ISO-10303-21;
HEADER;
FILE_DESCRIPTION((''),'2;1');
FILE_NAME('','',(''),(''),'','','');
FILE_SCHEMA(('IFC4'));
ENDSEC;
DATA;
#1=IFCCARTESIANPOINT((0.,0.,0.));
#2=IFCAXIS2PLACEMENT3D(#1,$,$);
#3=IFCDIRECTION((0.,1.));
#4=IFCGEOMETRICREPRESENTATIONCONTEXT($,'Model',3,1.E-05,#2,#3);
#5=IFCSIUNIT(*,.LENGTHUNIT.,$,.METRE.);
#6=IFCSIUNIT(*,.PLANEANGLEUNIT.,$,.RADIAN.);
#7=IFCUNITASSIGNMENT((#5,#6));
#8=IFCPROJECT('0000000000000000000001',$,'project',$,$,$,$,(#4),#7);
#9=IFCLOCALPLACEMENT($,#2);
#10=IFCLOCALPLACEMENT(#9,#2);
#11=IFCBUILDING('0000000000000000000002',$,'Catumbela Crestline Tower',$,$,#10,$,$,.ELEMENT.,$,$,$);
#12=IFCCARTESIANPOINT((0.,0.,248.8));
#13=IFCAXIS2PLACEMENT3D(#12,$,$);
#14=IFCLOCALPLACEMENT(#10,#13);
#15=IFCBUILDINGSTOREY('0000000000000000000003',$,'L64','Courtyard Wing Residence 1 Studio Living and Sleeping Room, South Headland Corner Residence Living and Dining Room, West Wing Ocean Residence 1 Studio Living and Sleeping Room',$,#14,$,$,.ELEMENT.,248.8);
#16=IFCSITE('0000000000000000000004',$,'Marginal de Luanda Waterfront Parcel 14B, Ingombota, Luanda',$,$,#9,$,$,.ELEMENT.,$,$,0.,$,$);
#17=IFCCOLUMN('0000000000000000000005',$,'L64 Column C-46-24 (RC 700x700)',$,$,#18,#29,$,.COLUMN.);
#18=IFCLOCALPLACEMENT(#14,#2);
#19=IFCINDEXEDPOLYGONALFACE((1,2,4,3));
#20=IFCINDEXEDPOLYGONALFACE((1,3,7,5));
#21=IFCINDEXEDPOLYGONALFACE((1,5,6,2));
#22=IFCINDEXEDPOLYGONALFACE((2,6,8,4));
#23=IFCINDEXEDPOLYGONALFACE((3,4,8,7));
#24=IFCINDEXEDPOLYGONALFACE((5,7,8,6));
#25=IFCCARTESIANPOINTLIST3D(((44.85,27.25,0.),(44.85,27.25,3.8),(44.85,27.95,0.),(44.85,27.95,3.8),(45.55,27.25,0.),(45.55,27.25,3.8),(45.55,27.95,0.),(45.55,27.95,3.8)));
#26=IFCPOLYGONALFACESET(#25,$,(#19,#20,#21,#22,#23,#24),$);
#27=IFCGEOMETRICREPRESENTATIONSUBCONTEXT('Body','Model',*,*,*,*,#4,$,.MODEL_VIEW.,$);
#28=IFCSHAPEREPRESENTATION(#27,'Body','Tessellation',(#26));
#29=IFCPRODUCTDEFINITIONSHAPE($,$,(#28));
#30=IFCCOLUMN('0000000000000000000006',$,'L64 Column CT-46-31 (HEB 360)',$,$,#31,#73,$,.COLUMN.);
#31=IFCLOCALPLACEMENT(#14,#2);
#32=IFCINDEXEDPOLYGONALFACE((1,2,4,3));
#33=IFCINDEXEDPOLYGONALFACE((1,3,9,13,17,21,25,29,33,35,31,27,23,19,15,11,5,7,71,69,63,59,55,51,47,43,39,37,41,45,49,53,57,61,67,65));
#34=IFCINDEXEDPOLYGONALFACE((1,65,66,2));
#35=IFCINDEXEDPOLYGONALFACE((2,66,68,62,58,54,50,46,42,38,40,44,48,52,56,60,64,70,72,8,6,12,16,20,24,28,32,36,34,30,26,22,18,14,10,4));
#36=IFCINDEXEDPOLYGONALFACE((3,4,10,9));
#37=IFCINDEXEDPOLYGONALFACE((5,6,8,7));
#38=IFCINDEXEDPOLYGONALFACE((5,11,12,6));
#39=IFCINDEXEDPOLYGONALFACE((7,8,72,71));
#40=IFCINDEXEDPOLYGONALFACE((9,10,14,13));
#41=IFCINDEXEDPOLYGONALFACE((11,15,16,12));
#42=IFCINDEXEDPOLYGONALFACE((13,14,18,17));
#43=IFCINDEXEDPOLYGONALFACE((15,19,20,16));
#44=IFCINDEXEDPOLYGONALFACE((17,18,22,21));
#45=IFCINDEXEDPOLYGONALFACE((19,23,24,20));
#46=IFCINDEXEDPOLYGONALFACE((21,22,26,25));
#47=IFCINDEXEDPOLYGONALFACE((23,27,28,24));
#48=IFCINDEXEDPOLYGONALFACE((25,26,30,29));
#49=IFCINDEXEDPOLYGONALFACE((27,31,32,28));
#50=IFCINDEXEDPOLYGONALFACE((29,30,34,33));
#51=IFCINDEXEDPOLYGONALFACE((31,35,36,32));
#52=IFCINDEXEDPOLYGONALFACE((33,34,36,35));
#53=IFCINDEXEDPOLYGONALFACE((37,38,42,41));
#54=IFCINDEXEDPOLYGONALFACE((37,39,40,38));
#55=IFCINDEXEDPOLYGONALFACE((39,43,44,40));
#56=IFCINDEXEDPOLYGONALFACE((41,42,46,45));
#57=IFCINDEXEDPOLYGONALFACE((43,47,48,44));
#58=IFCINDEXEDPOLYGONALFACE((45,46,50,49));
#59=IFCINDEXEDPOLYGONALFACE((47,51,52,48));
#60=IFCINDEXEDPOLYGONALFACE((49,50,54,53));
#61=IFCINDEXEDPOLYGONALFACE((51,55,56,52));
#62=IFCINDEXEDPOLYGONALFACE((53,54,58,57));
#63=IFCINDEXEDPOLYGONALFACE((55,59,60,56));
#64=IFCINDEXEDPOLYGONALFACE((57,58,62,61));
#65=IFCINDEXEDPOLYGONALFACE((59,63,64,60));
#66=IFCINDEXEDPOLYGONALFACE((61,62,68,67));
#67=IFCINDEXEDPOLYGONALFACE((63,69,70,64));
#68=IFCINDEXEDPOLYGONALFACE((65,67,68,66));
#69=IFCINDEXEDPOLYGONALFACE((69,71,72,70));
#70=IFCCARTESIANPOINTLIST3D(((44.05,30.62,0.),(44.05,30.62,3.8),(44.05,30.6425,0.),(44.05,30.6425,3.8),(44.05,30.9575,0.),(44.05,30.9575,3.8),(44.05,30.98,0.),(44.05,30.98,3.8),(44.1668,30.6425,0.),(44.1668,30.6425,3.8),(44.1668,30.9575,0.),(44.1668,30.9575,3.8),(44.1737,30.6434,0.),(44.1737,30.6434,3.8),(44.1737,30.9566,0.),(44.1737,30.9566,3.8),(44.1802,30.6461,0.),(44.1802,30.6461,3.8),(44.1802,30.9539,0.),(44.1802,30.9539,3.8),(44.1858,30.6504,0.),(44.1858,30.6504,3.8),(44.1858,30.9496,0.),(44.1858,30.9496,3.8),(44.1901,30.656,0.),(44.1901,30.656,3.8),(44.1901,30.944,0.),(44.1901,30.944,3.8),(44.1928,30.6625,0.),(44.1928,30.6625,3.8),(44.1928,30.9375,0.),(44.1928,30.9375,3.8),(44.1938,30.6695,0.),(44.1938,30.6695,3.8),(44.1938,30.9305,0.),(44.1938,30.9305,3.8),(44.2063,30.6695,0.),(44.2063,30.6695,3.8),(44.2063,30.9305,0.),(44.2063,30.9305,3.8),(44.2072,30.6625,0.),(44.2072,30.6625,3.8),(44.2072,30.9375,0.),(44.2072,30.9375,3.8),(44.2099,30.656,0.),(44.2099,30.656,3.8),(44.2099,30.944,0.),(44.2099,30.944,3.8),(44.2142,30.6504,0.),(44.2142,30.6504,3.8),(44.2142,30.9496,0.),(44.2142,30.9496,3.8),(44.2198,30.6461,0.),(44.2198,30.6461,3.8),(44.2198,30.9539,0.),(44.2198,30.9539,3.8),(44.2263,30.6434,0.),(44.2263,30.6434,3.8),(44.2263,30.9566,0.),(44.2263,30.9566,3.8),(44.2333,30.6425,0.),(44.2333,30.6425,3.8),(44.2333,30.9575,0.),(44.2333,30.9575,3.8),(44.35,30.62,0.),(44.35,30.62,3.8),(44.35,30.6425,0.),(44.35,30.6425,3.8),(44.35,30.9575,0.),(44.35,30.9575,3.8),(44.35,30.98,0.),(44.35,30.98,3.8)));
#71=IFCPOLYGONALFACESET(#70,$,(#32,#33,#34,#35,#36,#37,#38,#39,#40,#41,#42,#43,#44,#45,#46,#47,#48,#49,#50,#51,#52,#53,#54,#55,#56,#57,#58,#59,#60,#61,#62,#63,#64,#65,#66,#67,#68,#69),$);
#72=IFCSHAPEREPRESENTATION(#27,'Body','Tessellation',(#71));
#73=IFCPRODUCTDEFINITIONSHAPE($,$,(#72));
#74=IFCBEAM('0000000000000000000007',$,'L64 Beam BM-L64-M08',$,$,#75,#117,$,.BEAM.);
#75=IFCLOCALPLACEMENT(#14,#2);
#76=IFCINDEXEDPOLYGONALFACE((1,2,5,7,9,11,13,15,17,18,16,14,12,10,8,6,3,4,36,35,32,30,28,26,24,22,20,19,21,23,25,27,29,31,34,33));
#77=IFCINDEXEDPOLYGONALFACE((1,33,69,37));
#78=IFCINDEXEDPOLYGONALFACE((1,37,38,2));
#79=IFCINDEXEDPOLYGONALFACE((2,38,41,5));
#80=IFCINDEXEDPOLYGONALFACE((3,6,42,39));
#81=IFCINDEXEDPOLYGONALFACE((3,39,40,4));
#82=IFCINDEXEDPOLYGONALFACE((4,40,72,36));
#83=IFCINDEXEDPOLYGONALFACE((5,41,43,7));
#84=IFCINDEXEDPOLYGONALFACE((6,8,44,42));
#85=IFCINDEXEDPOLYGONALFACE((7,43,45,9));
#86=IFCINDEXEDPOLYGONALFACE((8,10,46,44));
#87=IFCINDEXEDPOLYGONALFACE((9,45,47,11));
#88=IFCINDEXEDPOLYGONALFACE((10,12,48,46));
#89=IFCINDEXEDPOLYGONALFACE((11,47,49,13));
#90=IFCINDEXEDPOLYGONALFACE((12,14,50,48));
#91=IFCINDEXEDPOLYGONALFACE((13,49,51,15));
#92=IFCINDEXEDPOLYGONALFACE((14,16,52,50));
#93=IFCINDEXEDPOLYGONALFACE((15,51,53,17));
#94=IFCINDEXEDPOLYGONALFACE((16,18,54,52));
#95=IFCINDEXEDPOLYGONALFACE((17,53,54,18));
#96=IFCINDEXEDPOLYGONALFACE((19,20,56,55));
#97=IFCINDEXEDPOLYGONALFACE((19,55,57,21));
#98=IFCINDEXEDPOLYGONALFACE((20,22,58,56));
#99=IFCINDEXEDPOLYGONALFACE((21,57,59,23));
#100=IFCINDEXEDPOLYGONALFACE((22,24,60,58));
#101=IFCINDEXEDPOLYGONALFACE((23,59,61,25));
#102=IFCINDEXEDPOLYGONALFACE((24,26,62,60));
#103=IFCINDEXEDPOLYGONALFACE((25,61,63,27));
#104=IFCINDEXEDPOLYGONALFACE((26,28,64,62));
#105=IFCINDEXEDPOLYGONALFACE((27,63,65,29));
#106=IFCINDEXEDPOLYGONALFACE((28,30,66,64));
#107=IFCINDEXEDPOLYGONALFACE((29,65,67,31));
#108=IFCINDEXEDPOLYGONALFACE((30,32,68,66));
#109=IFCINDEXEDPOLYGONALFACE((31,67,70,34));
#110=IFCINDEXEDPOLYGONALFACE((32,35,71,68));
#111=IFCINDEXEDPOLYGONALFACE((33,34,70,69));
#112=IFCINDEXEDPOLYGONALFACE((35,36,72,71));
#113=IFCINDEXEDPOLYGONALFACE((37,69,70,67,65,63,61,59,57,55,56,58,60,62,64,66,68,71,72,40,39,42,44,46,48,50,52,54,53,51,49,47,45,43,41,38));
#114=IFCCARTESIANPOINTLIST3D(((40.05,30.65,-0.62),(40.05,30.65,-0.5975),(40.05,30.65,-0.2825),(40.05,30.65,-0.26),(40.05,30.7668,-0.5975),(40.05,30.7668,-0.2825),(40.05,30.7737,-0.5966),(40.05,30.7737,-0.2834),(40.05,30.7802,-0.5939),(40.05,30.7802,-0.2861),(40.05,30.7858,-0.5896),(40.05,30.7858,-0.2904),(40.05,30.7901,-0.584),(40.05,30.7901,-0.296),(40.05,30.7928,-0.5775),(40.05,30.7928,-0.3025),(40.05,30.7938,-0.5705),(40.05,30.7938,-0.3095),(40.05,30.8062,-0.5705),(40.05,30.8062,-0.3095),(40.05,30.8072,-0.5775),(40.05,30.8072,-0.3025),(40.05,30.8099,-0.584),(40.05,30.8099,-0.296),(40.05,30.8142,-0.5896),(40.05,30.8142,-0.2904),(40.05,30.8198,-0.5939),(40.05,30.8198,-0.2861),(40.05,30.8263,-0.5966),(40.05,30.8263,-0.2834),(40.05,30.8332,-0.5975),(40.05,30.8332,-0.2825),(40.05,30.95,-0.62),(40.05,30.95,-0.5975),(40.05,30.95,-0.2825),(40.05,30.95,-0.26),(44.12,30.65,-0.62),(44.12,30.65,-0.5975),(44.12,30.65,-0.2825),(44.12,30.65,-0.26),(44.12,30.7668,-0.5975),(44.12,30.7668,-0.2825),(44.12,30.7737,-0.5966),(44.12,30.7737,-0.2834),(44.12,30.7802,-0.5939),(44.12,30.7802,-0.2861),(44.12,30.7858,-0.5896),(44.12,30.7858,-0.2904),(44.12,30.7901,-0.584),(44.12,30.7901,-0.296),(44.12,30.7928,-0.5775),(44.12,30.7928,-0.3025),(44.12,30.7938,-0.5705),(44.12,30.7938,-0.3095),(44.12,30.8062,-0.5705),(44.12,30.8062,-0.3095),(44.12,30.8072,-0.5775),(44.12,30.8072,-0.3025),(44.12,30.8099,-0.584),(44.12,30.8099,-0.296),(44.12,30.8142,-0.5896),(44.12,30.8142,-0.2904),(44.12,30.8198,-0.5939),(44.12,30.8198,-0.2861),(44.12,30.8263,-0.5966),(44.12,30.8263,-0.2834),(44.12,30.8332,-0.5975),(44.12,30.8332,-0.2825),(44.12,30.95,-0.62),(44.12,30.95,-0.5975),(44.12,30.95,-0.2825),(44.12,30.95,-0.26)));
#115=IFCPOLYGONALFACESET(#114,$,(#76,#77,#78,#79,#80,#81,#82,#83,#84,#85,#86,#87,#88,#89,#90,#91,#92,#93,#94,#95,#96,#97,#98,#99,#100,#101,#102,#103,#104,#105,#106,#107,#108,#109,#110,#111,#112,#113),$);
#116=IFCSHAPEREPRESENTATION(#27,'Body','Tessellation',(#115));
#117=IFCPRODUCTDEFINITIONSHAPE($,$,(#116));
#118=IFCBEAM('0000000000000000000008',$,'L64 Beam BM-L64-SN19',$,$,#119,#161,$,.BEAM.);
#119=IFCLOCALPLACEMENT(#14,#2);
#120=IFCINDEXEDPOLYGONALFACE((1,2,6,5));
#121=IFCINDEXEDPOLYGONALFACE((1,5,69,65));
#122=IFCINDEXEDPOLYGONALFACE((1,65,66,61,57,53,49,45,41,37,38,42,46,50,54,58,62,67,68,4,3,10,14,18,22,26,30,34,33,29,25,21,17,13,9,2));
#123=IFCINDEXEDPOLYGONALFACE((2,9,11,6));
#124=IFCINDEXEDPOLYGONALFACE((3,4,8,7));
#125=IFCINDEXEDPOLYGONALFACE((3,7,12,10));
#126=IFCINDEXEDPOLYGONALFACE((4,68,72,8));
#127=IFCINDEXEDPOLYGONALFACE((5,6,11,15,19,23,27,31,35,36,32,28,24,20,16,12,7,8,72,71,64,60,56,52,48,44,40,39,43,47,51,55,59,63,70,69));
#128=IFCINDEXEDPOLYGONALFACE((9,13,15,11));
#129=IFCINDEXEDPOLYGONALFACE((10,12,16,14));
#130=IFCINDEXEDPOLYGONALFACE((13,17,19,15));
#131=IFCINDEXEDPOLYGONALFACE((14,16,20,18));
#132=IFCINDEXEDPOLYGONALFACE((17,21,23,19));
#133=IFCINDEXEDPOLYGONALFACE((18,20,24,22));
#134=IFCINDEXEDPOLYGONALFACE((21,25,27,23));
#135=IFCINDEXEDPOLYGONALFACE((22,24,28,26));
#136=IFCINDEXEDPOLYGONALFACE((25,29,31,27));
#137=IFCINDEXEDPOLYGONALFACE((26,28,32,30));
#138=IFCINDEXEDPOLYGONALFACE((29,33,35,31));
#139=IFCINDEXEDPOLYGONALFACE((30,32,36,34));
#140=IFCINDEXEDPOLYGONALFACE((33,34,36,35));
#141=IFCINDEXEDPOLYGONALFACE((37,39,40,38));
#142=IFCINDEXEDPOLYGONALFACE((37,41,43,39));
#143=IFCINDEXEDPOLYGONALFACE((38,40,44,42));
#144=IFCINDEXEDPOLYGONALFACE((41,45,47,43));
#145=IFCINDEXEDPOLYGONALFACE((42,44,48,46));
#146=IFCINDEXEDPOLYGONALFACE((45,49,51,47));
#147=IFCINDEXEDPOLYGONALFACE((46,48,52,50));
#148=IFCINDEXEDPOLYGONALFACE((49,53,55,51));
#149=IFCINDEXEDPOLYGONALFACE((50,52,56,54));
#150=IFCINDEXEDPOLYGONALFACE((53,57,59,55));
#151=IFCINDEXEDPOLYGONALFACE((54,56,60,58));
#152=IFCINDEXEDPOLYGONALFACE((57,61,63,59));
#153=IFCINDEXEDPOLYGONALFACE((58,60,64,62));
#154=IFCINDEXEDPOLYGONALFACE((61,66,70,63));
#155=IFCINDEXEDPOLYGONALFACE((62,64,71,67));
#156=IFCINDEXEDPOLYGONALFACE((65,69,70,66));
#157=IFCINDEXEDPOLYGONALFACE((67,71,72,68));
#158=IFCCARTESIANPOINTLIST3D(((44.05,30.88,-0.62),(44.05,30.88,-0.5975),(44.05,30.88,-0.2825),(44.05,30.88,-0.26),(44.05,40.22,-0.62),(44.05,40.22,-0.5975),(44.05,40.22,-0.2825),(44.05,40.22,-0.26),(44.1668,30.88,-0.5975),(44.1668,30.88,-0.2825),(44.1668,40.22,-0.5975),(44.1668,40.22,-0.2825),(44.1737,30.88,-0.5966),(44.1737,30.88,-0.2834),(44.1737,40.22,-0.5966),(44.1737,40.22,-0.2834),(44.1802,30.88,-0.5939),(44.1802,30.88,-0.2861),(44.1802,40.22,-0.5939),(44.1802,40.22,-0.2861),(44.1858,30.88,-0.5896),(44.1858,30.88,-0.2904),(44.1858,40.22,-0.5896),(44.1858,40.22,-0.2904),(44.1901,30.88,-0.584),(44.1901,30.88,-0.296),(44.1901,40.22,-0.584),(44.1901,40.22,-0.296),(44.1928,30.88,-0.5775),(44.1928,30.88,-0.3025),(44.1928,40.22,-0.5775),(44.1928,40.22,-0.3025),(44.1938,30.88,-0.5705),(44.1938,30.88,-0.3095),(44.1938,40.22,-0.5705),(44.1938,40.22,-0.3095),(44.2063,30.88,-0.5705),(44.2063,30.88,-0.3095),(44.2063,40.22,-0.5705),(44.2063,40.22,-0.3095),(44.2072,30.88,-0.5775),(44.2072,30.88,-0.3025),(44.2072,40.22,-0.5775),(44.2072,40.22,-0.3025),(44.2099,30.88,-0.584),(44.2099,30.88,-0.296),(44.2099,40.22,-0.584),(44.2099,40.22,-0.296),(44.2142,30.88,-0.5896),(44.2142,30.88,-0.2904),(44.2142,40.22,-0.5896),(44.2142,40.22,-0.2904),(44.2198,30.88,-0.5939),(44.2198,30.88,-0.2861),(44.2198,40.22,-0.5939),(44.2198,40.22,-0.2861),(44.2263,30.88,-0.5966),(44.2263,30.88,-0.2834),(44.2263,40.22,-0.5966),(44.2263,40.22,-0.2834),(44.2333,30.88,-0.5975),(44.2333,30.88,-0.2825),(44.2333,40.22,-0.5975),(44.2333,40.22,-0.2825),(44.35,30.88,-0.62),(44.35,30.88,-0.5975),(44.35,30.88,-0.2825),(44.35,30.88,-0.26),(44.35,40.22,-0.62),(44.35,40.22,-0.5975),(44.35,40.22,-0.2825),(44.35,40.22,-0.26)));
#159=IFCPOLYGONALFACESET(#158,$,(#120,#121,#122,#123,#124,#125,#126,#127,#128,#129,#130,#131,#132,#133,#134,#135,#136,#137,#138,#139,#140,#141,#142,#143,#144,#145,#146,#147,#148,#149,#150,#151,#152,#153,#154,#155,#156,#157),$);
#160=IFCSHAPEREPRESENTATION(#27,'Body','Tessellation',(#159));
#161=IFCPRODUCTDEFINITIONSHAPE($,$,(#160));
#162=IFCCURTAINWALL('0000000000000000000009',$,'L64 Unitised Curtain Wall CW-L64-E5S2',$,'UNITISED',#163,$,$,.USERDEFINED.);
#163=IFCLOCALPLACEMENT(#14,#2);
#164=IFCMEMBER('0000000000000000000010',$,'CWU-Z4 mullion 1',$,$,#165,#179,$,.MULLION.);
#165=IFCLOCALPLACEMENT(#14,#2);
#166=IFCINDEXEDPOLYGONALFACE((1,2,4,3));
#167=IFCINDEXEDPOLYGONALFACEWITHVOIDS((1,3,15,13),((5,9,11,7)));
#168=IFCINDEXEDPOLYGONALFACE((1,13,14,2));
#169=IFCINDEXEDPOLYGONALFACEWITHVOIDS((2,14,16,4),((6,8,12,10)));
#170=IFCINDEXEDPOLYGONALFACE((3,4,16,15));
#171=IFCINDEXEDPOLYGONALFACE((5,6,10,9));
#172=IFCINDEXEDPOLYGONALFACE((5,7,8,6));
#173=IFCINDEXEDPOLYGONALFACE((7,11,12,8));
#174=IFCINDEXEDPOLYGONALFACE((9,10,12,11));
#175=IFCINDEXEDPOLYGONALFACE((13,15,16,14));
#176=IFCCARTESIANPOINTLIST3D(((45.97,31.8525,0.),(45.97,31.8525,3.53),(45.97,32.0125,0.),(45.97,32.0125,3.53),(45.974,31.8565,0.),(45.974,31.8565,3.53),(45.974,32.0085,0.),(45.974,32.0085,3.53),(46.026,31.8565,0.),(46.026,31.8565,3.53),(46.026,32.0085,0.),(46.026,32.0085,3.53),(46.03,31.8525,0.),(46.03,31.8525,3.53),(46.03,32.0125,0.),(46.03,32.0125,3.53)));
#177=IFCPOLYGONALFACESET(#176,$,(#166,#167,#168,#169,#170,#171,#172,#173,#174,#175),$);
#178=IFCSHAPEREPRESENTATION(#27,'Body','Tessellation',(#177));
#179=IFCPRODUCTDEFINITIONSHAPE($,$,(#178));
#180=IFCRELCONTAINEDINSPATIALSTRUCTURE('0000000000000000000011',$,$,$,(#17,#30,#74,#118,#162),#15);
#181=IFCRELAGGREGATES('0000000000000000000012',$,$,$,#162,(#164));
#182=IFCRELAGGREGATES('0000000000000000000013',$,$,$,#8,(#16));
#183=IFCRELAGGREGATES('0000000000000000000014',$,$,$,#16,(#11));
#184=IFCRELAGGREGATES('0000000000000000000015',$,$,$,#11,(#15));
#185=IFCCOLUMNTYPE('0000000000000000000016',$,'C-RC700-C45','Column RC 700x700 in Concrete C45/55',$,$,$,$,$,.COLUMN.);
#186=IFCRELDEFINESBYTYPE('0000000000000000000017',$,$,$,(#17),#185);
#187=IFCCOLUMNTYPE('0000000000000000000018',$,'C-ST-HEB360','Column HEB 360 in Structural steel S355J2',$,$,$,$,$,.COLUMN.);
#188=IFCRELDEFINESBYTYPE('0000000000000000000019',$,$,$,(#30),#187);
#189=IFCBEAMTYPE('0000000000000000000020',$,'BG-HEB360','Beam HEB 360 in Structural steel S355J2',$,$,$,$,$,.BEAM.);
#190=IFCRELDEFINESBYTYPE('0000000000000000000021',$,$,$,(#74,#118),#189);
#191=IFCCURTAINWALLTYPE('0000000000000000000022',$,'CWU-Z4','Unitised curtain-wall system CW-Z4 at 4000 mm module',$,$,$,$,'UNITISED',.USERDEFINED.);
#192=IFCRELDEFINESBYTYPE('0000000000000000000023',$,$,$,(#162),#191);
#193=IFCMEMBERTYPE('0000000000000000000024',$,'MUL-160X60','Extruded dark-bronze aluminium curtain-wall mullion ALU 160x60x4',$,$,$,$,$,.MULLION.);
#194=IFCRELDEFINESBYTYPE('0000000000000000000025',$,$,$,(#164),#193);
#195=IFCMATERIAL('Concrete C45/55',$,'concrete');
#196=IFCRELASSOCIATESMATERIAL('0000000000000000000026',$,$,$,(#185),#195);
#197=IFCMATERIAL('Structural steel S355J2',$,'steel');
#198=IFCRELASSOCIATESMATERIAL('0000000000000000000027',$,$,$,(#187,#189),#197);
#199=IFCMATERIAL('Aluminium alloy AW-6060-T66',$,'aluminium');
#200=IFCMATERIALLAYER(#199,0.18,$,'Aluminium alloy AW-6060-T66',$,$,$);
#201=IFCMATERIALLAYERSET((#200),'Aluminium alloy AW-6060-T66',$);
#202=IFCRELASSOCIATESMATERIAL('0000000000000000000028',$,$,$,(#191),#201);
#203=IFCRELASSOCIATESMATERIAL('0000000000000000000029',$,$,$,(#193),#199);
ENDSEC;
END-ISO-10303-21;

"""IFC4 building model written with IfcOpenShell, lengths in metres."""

from ifc_helpers import new_model, si_unit, direction, frame, origin, origin_2d, place, context, subcontext, project, spatial, rectangle, hollow_rectangle, i_section, extrude, material, layer, layer_set, material_profile, profile_set, type_object, element, aggregate, save


model = new_model("IFC4")

# Units and contexts
model_context = context("Model", 3, precision=1e-05, world=origin(), true_north=direction((0.0, 1.0)))
body_context = subcontext(model_context, "Body", "Model", "MODEL_VIEW")
ifc_project = project(units=[si_unit("LENGTHUNIT", "METRE"), si_unit("PLANEANGLEUNIT", "RADIAN")], contexts=[model_context])

# Site, building, storey
site_placement = place(None, origin())
site = spatial("IfcSite", under=ifc_project, at=site_placement, Name="Marginal de Luanda Waterfront Parcel 14B, Ingombota, Luanda", CompositionType="ELEMENT", RefElevation=0.0)
building_placement = place(site_placement, origin())
building = spatial("IfcBuilding", under=site, at=building_placement, Name="Catumbela Crestline Tower", CompositionType="ELEMENT")
storey_placement = place(building_placement, frame((0.0, 0.0, 248.8)))
storey = spatial("IfcBuildingStorey", under=building, at=storey_placement, Name="L64", Description="Courtyard Wing Residence 1 Studio Living and Sleeping Room, South Headland Corner Residence Living and Dining Room, West Wing Ocean Residence 1 Studio Living and Sleeping Room", CompositionType="ELEMENT", Elevation=248.8)

# Columns
ifc_material_1 = material(Name="Concrete C45/55", Category="concrete")
ifc_material_profile_1 = material_profile(ifc_material_1, rectangle(XDim=0.7, YDim=0.7, at=origin_2d()), Name="RC 700x700")
ifc_profile_set_1 = profile_set([ifc_material_profile_1], Name="Concrete C45/55")
column_type_1 = type_object("IfcColumnType", Name="C-RC700-C45", Description="Column RC 700x700 in Concrete C45/55", PredefinedType="COLUMN", material=ifc_profile_set_1)
column_1_placement = place(storey_placement, frame((45.2, 27.6, 0.0), z_axis=(0.0, 0.0, 1.0), x_axis=(1.0, 0.0, 0.0)))
element("IfcColumn", 1, at=column_1_placement, inside=storey, type_object=column_type_1, Name="L64 Column C-46-24 (RC 700x700)", PredefinedType="COLUMN", context=body_context, shape_type="SweptSolid", body=[
    extrude(rectangle(XDim=0.7, YDim=0.7, at=origin_2d()), origin(), (0.0, 0.0, 1.0), 3.8),
])
ifc_material_2 = material(Name="Structural steel S355J2", Category="steel")
ifc_material_profile_2 = material_profile(ifc_material_2, i_section(OverallWidth=0.3, OverallDepth=0.36, WebThickness=0.0125, FlangeThickness=0.0225, FilletRadius=0.027, at=origin_2d()), Name="HEB 360")
ifc_profile_set_2 = profile_set([ifc_material_profile_2], Name="Structural steel S355J2")
column_type_2 = type_object("IfcColumnType", Name="C-ST-HEB360", Description="Column HEB 360 in Structural steel S355J2", PredefinedType="COLUMN", material=ifc_profile_set_2)
column_2_placement = place(storey_placement, frame((44.2, 30.8, 0.0), z_axis=(0.0, 0.0, 1.0), x_axis=(1.0, 0.0, 0.0)))
element("IfcColumn", 2, at=column_2_placement, inside=storey, type_object=column_type_2, Name="L64 Column CT-46-31 (HEB 360)", PredefinedType="COLUMN", context=body_context, shape_type="SweptSolid", body=[
    extrude(i_section(OverallWidth=0.3, OverallDepth=0.36, WebThickness=0.0125, FlangeThickness=0.0225, FilletRadius=0.027, at=origin_2d()), origin(), (0.0, 0.0, 1.0), 3.8),
])

# Beams
ifc_material_profile_3 = material_profile(ifc_material_2, i_section(OverallWidth=0.3, OverallDepth=0.36, WebThickness=0.0125, FlangeThickness=0.0225, FilletRadius=0.027, at=origin_2d()), Name="HEB 360")
ifc_profile_set_3 = profile_set([ifc_material_profile_3], Name="Structural steel S355J2")
beam_type_1 = type_object("IfcBeamType", Name="BG-HEB360", Description="Beam HEB 360 in Structural steel S355J2", PredefinedType="BEAM", material=ifc_profile_set_3)
beam_1_placement = place(storey_placement, frame((40.05, 30.8, -0.44), z_axis=(1.0, 0.0, 0.0), x_axis=(0.0, 1.0, 0.0)))
element("IfcBeam", 3, at=beam_1_placement, inside=storey, type_object=beam_type_1, Name="L64 Beam BM-L64-M08", PredefinedType="BEAM", context=body_context, shape_type="SweptSolid", body=[
    extrude(i_section(OverallWidth=0.3, OverallDepth=0.36, WebThickness=0.0125, FlangeThickness=0.0225, FilletRadius=0.027, at=origin_2d()), origin(), (0.0, 0.0, 1.0), 4.07),
])
beam_2_placement = place(storey_placement, frame((44.2, 30.88, -0.44), z_axis=(0.0, 1.0, 0.0), x_axis=(-1.0, 0.0, 0.0)))
element("IfcBeam", 4, at=beam_2_placement, inside=storey, type_object=beam_type_1, Name="L64 Beam BM-L64-SN19", PredefinedType="BEAM", context=body_context, shape_type="SweptSolid", body=[
    extrude(i_section(OverallWidth=0.3, OverallDepth=0.36, WebThickness=0.0125, FlangeThickness=0.0225, FilletRadius=0.027, at=origin_2d()), origin(), (0.0, 0.0, 1.0), 9.34),
])

# Curtain wall, member
ifc_material_3 = material(Name="Aluminium alloy AW-6060-T66", Category="aluminium")
ifc_layer_1 = layer(ifc_material_3, 0.18, Name="Aluminium alloy AW-6060-T66")
ifc_layer_set_1 = layer_set([ifc_layer_1], Name="Aluminium alloy AW-6060-T66")
curtain_wall_type = type_object("IfcCurtainWallType", Name="CWU-Z4", Description="Unitised curtain-wall system CW-Z4 at 4000 mm module", ElementType="UNITISED", PredefinedType="USERDEFINED", material=ifc_layer_set_1)
curtain_wall_placement = place(storey_placement, origin())
curtain_wall = element("IfcCurtainWall", 5, at=curtain_wall_placement, inside=storey, type_object=curtain_wall_type, Name="L64 Unitised Curtain Wall CW-L64-E5S2", ObjectType="UNITISED", PredefinedType="USERDEFINED")
ifc_material_profile_4 = material_profile(ifc_material_3, hollow_rectangle(XDim=0.06, YDim=0.16, WallThickness=0.004, at=origin_2d()), Name="ALU 160x60x4")
ifc_profile_set_4 = profile_set([ifc_material_profile_4], Name="Aluminium alloy AW-6060-T66")
member_type_1 = type_object("IfcMemberType", Name="MUL-160X60", Description="Extruded dark-bronze aluminium curtain-wall mullion ALU 160x60x4", PredefinedType="MULLION", material=ifc_profile_set_4)
member_1_placement = place(storey_placement, frame((46.0, 31.9325, 0.0), z_axis=(0.0, 0.0, 1.0), x_axis=(-1.0, 0.0, 0.0)))
member_1 = element("IfcMember", 6, at=member_1_placement, type_object=member_type_1, Name="CWU-Z4 mullion 1", PredefinedType="MULLION", context=body_context, shape_type="SweptSolid", body=[
    extrude(hollow_rectangle(XDim=0.06, YDim=0.16, WallThickness=0.004, at=origin_2d()), origin(), (0.0, 0.0, 1.0), 3.53),
])

aggregate(curtain_wall, [member_1])

save(model, "model.ifc")
